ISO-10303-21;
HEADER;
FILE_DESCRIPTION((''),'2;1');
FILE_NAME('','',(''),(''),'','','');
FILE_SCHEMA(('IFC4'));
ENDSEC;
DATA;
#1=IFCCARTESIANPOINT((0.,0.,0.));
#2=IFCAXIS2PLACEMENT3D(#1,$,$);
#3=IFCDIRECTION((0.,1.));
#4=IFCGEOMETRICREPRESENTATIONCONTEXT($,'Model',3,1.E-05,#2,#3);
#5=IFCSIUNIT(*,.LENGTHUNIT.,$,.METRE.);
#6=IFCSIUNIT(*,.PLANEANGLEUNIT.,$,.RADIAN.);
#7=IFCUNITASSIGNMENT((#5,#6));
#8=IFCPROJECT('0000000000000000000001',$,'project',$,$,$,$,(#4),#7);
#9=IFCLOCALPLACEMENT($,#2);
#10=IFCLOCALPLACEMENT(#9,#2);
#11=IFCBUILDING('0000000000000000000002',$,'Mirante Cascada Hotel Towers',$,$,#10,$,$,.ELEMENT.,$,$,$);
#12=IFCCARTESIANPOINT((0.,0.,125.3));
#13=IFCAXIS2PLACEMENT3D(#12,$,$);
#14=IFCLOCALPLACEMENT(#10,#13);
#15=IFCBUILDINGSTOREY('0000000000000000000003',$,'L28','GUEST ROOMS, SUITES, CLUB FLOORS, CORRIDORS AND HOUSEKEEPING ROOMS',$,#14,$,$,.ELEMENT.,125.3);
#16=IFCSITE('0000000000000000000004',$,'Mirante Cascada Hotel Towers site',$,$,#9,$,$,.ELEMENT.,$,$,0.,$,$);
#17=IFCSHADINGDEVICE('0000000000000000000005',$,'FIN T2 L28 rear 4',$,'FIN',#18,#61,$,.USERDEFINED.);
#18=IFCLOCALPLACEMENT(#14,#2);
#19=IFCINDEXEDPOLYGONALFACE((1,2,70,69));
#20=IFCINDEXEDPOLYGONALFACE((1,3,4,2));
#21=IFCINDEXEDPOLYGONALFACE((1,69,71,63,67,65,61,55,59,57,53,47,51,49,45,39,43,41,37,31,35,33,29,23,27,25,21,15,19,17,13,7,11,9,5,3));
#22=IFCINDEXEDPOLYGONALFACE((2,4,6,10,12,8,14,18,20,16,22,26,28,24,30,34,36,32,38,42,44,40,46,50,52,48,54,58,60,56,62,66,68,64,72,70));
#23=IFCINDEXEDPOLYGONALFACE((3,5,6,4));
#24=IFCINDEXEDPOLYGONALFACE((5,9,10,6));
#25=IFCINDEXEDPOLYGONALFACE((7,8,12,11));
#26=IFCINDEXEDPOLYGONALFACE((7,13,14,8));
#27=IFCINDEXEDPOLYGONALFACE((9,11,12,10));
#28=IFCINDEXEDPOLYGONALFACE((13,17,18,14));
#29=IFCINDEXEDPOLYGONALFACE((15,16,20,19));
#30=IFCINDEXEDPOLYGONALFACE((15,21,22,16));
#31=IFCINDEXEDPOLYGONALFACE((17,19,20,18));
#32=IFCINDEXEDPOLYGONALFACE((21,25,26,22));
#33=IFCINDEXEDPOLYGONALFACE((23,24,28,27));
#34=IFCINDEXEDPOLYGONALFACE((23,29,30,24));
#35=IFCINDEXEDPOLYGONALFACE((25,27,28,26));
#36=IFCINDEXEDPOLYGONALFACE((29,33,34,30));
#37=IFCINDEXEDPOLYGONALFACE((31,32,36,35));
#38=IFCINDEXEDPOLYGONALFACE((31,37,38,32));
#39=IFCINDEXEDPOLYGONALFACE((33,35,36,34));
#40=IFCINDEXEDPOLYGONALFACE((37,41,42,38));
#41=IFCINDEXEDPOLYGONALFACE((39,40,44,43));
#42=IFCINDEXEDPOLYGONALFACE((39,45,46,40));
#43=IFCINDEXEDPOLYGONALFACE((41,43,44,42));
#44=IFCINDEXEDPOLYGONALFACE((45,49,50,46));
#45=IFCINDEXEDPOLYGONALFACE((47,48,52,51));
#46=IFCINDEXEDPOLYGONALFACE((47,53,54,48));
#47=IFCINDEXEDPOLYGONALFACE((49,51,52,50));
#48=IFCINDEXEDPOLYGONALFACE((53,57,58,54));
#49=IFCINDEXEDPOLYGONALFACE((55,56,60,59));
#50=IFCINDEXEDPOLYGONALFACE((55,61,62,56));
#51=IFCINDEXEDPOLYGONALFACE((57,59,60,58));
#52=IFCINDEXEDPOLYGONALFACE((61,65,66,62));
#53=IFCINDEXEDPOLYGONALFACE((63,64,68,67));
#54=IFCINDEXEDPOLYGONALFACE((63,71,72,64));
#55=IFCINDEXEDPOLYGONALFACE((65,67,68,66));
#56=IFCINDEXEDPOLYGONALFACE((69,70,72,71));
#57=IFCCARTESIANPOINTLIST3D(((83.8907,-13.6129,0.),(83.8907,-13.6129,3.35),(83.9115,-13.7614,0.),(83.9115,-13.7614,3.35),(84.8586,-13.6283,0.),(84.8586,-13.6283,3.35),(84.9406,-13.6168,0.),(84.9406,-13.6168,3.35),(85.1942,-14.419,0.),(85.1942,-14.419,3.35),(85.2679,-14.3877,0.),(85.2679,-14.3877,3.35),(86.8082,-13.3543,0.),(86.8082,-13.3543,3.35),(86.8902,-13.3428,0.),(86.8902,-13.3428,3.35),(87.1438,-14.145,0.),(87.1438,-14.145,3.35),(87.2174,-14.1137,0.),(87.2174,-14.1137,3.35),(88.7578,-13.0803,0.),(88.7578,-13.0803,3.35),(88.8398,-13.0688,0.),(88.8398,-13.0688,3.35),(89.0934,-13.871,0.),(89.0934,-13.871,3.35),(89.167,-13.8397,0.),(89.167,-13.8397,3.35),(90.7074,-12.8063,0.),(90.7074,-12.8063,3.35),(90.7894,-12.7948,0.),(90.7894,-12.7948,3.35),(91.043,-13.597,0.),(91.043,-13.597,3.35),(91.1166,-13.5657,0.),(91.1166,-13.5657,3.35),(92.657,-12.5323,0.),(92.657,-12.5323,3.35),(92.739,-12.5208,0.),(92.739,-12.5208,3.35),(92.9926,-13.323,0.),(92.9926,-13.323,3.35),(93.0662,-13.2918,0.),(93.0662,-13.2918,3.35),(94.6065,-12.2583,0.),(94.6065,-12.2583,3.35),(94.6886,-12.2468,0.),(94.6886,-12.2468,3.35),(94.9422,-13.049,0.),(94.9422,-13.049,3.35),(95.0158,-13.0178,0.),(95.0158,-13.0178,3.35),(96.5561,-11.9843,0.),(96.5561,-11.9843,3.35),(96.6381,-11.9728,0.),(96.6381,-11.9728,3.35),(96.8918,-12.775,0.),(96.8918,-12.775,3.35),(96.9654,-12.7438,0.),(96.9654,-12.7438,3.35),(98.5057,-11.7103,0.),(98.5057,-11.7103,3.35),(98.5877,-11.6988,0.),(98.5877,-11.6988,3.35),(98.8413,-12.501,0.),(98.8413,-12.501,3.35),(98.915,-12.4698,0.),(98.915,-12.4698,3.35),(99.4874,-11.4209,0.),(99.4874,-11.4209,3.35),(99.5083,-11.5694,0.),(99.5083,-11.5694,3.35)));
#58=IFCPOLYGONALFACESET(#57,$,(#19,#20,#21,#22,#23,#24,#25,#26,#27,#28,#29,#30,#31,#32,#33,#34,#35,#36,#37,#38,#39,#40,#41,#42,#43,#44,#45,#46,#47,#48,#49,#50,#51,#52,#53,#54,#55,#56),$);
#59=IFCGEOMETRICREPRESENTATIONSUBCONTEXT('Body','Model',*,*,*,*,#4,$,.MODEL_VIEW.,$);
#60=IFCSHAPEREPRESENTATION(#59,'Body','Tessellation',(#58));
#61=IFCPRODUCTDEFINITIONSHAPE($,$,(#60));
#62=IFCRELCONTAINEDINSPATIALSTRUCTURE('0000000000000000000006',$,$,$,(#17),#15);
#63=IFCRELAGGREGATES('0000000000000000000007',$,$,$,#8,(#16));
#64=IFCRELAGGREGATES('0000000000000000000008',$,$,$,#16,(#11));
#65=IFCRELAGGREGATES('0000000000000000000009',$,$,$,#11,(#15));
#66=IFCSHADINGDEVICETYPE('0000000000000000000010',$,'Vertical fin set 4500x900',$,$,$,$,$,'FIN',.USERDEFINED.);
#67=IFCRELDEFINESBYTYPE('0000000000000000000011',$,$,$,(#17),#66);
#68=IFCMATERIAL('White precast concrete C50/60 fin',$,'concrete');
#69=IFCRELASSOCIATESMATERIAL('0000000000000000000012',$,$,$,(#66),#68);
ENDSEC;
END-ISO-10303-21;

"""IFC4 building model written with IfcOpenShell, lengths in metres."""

from ifc_helpers import new_model, si_unit, direction, frame, origin, place, context, subcontext, project, spatial, polyline, outline, extrude, material, type_object, element, save


model = new_model("IFC4")

# Units and contexts
model_context = context("Model", 3, precision=1e-05, world=origin(), true_north=direction((0.0, 1.0)))
body_context = subcontext(model_context, "Body", "Model", "MODEL_VIEW")
ifc_project = project(units=[si_unit("LENGTHUNIT", "METRE"), si_unit("PLANEANGLEUNIT", "RADIAN")], contexts=[model_context])

# Site, building, storey
site_placement = place(None, origin())
site = spatial("IfcSite", under=ifc_project, at=site_placement, Name="Mirante Cascada Hotel Towers site", CompositionType="ELEMENT", RefElevation=0.0)
building_placement = place(site_placement, origin())
building = spatial("IfcBuilding", under=site, at=building_placement, Name="Mirante Cascada Hotel Towers", CompositionType="ELEMENT")
storey_placement = place(building_placement, frame((0.0, 0.0, 125.3)))
storey = spatial("IfcBuildingStorey", under=building, at=storey_placement, Name="L28", Description="GUEST ROOMS, SUITES, CLUB FLOORS, CORRIDORS AND HOUSEKEEPING ROOMS", CompositionType="ELEMENT", Elevation=125.3)

# Shading device
ifc_material_1 = material(Name="White precast concrete C50/60 fin", Category="concrete")
shading_device_type = type_object("IfcShadingDeviceType", Name="Vertical fin set 4500x900", ElementType="FIN", PredefinedType="USERDEFINED", material=ifc_material_1)
shading_device_placement = place(storey_placement, origin())
element("IfcShadingDevice", 1, at=shading_device_placement, inside=storey, type_object=shading_device_type, Name="FIN T2 L28 rear 4", ObjectType="FIN", PredefinedType="USERDEFINED", context=body_context, shape_type="SweptSolid", body=[
    extrude(outline(polyline([(85.1942, -14.419), (84.8586, -13.6283), (83.9115, -13.7614), (83.8907, -13.6129), (99.4874, -11.4209), (99.5083, -11.5694), (98.5877, -11.6988), (98.915, -12.4698), (98.8413, -12.501), (98.5057, -11.7103), (96.6381, -11.9728), (96.9654, -12.7438), (96.8918, -12.775), (96.5561, -11.9843), (94.6886, -12.2468), (95.0158, -13.0178), (94.9422, -13.049), (94.6065, -12.2583), (92.739, -12.5208), (93.0662, -13.2918), (92.9926, -13.323), (92.657, -12.5323), (90.7894, -12.7948), (91.1166, -13.5657), (91.043, -13.597), (90.7074, -12.8063), (88.8398, -13.0688), (89.167, -13.8397), (89.0934, -13.871), (88.7578, -13.0803), (86.8902, -13.3428), (87.2174, -14.1137), (87.1438, -14.145), (86.8082, -13.3543), (84.9406, -13.6168), (85.2679, -14.3877), (85.1942, -14.419)])), origin(), (0.0, 0.0, 1.0), 3.35),
])

save(model, "model.ifc")
